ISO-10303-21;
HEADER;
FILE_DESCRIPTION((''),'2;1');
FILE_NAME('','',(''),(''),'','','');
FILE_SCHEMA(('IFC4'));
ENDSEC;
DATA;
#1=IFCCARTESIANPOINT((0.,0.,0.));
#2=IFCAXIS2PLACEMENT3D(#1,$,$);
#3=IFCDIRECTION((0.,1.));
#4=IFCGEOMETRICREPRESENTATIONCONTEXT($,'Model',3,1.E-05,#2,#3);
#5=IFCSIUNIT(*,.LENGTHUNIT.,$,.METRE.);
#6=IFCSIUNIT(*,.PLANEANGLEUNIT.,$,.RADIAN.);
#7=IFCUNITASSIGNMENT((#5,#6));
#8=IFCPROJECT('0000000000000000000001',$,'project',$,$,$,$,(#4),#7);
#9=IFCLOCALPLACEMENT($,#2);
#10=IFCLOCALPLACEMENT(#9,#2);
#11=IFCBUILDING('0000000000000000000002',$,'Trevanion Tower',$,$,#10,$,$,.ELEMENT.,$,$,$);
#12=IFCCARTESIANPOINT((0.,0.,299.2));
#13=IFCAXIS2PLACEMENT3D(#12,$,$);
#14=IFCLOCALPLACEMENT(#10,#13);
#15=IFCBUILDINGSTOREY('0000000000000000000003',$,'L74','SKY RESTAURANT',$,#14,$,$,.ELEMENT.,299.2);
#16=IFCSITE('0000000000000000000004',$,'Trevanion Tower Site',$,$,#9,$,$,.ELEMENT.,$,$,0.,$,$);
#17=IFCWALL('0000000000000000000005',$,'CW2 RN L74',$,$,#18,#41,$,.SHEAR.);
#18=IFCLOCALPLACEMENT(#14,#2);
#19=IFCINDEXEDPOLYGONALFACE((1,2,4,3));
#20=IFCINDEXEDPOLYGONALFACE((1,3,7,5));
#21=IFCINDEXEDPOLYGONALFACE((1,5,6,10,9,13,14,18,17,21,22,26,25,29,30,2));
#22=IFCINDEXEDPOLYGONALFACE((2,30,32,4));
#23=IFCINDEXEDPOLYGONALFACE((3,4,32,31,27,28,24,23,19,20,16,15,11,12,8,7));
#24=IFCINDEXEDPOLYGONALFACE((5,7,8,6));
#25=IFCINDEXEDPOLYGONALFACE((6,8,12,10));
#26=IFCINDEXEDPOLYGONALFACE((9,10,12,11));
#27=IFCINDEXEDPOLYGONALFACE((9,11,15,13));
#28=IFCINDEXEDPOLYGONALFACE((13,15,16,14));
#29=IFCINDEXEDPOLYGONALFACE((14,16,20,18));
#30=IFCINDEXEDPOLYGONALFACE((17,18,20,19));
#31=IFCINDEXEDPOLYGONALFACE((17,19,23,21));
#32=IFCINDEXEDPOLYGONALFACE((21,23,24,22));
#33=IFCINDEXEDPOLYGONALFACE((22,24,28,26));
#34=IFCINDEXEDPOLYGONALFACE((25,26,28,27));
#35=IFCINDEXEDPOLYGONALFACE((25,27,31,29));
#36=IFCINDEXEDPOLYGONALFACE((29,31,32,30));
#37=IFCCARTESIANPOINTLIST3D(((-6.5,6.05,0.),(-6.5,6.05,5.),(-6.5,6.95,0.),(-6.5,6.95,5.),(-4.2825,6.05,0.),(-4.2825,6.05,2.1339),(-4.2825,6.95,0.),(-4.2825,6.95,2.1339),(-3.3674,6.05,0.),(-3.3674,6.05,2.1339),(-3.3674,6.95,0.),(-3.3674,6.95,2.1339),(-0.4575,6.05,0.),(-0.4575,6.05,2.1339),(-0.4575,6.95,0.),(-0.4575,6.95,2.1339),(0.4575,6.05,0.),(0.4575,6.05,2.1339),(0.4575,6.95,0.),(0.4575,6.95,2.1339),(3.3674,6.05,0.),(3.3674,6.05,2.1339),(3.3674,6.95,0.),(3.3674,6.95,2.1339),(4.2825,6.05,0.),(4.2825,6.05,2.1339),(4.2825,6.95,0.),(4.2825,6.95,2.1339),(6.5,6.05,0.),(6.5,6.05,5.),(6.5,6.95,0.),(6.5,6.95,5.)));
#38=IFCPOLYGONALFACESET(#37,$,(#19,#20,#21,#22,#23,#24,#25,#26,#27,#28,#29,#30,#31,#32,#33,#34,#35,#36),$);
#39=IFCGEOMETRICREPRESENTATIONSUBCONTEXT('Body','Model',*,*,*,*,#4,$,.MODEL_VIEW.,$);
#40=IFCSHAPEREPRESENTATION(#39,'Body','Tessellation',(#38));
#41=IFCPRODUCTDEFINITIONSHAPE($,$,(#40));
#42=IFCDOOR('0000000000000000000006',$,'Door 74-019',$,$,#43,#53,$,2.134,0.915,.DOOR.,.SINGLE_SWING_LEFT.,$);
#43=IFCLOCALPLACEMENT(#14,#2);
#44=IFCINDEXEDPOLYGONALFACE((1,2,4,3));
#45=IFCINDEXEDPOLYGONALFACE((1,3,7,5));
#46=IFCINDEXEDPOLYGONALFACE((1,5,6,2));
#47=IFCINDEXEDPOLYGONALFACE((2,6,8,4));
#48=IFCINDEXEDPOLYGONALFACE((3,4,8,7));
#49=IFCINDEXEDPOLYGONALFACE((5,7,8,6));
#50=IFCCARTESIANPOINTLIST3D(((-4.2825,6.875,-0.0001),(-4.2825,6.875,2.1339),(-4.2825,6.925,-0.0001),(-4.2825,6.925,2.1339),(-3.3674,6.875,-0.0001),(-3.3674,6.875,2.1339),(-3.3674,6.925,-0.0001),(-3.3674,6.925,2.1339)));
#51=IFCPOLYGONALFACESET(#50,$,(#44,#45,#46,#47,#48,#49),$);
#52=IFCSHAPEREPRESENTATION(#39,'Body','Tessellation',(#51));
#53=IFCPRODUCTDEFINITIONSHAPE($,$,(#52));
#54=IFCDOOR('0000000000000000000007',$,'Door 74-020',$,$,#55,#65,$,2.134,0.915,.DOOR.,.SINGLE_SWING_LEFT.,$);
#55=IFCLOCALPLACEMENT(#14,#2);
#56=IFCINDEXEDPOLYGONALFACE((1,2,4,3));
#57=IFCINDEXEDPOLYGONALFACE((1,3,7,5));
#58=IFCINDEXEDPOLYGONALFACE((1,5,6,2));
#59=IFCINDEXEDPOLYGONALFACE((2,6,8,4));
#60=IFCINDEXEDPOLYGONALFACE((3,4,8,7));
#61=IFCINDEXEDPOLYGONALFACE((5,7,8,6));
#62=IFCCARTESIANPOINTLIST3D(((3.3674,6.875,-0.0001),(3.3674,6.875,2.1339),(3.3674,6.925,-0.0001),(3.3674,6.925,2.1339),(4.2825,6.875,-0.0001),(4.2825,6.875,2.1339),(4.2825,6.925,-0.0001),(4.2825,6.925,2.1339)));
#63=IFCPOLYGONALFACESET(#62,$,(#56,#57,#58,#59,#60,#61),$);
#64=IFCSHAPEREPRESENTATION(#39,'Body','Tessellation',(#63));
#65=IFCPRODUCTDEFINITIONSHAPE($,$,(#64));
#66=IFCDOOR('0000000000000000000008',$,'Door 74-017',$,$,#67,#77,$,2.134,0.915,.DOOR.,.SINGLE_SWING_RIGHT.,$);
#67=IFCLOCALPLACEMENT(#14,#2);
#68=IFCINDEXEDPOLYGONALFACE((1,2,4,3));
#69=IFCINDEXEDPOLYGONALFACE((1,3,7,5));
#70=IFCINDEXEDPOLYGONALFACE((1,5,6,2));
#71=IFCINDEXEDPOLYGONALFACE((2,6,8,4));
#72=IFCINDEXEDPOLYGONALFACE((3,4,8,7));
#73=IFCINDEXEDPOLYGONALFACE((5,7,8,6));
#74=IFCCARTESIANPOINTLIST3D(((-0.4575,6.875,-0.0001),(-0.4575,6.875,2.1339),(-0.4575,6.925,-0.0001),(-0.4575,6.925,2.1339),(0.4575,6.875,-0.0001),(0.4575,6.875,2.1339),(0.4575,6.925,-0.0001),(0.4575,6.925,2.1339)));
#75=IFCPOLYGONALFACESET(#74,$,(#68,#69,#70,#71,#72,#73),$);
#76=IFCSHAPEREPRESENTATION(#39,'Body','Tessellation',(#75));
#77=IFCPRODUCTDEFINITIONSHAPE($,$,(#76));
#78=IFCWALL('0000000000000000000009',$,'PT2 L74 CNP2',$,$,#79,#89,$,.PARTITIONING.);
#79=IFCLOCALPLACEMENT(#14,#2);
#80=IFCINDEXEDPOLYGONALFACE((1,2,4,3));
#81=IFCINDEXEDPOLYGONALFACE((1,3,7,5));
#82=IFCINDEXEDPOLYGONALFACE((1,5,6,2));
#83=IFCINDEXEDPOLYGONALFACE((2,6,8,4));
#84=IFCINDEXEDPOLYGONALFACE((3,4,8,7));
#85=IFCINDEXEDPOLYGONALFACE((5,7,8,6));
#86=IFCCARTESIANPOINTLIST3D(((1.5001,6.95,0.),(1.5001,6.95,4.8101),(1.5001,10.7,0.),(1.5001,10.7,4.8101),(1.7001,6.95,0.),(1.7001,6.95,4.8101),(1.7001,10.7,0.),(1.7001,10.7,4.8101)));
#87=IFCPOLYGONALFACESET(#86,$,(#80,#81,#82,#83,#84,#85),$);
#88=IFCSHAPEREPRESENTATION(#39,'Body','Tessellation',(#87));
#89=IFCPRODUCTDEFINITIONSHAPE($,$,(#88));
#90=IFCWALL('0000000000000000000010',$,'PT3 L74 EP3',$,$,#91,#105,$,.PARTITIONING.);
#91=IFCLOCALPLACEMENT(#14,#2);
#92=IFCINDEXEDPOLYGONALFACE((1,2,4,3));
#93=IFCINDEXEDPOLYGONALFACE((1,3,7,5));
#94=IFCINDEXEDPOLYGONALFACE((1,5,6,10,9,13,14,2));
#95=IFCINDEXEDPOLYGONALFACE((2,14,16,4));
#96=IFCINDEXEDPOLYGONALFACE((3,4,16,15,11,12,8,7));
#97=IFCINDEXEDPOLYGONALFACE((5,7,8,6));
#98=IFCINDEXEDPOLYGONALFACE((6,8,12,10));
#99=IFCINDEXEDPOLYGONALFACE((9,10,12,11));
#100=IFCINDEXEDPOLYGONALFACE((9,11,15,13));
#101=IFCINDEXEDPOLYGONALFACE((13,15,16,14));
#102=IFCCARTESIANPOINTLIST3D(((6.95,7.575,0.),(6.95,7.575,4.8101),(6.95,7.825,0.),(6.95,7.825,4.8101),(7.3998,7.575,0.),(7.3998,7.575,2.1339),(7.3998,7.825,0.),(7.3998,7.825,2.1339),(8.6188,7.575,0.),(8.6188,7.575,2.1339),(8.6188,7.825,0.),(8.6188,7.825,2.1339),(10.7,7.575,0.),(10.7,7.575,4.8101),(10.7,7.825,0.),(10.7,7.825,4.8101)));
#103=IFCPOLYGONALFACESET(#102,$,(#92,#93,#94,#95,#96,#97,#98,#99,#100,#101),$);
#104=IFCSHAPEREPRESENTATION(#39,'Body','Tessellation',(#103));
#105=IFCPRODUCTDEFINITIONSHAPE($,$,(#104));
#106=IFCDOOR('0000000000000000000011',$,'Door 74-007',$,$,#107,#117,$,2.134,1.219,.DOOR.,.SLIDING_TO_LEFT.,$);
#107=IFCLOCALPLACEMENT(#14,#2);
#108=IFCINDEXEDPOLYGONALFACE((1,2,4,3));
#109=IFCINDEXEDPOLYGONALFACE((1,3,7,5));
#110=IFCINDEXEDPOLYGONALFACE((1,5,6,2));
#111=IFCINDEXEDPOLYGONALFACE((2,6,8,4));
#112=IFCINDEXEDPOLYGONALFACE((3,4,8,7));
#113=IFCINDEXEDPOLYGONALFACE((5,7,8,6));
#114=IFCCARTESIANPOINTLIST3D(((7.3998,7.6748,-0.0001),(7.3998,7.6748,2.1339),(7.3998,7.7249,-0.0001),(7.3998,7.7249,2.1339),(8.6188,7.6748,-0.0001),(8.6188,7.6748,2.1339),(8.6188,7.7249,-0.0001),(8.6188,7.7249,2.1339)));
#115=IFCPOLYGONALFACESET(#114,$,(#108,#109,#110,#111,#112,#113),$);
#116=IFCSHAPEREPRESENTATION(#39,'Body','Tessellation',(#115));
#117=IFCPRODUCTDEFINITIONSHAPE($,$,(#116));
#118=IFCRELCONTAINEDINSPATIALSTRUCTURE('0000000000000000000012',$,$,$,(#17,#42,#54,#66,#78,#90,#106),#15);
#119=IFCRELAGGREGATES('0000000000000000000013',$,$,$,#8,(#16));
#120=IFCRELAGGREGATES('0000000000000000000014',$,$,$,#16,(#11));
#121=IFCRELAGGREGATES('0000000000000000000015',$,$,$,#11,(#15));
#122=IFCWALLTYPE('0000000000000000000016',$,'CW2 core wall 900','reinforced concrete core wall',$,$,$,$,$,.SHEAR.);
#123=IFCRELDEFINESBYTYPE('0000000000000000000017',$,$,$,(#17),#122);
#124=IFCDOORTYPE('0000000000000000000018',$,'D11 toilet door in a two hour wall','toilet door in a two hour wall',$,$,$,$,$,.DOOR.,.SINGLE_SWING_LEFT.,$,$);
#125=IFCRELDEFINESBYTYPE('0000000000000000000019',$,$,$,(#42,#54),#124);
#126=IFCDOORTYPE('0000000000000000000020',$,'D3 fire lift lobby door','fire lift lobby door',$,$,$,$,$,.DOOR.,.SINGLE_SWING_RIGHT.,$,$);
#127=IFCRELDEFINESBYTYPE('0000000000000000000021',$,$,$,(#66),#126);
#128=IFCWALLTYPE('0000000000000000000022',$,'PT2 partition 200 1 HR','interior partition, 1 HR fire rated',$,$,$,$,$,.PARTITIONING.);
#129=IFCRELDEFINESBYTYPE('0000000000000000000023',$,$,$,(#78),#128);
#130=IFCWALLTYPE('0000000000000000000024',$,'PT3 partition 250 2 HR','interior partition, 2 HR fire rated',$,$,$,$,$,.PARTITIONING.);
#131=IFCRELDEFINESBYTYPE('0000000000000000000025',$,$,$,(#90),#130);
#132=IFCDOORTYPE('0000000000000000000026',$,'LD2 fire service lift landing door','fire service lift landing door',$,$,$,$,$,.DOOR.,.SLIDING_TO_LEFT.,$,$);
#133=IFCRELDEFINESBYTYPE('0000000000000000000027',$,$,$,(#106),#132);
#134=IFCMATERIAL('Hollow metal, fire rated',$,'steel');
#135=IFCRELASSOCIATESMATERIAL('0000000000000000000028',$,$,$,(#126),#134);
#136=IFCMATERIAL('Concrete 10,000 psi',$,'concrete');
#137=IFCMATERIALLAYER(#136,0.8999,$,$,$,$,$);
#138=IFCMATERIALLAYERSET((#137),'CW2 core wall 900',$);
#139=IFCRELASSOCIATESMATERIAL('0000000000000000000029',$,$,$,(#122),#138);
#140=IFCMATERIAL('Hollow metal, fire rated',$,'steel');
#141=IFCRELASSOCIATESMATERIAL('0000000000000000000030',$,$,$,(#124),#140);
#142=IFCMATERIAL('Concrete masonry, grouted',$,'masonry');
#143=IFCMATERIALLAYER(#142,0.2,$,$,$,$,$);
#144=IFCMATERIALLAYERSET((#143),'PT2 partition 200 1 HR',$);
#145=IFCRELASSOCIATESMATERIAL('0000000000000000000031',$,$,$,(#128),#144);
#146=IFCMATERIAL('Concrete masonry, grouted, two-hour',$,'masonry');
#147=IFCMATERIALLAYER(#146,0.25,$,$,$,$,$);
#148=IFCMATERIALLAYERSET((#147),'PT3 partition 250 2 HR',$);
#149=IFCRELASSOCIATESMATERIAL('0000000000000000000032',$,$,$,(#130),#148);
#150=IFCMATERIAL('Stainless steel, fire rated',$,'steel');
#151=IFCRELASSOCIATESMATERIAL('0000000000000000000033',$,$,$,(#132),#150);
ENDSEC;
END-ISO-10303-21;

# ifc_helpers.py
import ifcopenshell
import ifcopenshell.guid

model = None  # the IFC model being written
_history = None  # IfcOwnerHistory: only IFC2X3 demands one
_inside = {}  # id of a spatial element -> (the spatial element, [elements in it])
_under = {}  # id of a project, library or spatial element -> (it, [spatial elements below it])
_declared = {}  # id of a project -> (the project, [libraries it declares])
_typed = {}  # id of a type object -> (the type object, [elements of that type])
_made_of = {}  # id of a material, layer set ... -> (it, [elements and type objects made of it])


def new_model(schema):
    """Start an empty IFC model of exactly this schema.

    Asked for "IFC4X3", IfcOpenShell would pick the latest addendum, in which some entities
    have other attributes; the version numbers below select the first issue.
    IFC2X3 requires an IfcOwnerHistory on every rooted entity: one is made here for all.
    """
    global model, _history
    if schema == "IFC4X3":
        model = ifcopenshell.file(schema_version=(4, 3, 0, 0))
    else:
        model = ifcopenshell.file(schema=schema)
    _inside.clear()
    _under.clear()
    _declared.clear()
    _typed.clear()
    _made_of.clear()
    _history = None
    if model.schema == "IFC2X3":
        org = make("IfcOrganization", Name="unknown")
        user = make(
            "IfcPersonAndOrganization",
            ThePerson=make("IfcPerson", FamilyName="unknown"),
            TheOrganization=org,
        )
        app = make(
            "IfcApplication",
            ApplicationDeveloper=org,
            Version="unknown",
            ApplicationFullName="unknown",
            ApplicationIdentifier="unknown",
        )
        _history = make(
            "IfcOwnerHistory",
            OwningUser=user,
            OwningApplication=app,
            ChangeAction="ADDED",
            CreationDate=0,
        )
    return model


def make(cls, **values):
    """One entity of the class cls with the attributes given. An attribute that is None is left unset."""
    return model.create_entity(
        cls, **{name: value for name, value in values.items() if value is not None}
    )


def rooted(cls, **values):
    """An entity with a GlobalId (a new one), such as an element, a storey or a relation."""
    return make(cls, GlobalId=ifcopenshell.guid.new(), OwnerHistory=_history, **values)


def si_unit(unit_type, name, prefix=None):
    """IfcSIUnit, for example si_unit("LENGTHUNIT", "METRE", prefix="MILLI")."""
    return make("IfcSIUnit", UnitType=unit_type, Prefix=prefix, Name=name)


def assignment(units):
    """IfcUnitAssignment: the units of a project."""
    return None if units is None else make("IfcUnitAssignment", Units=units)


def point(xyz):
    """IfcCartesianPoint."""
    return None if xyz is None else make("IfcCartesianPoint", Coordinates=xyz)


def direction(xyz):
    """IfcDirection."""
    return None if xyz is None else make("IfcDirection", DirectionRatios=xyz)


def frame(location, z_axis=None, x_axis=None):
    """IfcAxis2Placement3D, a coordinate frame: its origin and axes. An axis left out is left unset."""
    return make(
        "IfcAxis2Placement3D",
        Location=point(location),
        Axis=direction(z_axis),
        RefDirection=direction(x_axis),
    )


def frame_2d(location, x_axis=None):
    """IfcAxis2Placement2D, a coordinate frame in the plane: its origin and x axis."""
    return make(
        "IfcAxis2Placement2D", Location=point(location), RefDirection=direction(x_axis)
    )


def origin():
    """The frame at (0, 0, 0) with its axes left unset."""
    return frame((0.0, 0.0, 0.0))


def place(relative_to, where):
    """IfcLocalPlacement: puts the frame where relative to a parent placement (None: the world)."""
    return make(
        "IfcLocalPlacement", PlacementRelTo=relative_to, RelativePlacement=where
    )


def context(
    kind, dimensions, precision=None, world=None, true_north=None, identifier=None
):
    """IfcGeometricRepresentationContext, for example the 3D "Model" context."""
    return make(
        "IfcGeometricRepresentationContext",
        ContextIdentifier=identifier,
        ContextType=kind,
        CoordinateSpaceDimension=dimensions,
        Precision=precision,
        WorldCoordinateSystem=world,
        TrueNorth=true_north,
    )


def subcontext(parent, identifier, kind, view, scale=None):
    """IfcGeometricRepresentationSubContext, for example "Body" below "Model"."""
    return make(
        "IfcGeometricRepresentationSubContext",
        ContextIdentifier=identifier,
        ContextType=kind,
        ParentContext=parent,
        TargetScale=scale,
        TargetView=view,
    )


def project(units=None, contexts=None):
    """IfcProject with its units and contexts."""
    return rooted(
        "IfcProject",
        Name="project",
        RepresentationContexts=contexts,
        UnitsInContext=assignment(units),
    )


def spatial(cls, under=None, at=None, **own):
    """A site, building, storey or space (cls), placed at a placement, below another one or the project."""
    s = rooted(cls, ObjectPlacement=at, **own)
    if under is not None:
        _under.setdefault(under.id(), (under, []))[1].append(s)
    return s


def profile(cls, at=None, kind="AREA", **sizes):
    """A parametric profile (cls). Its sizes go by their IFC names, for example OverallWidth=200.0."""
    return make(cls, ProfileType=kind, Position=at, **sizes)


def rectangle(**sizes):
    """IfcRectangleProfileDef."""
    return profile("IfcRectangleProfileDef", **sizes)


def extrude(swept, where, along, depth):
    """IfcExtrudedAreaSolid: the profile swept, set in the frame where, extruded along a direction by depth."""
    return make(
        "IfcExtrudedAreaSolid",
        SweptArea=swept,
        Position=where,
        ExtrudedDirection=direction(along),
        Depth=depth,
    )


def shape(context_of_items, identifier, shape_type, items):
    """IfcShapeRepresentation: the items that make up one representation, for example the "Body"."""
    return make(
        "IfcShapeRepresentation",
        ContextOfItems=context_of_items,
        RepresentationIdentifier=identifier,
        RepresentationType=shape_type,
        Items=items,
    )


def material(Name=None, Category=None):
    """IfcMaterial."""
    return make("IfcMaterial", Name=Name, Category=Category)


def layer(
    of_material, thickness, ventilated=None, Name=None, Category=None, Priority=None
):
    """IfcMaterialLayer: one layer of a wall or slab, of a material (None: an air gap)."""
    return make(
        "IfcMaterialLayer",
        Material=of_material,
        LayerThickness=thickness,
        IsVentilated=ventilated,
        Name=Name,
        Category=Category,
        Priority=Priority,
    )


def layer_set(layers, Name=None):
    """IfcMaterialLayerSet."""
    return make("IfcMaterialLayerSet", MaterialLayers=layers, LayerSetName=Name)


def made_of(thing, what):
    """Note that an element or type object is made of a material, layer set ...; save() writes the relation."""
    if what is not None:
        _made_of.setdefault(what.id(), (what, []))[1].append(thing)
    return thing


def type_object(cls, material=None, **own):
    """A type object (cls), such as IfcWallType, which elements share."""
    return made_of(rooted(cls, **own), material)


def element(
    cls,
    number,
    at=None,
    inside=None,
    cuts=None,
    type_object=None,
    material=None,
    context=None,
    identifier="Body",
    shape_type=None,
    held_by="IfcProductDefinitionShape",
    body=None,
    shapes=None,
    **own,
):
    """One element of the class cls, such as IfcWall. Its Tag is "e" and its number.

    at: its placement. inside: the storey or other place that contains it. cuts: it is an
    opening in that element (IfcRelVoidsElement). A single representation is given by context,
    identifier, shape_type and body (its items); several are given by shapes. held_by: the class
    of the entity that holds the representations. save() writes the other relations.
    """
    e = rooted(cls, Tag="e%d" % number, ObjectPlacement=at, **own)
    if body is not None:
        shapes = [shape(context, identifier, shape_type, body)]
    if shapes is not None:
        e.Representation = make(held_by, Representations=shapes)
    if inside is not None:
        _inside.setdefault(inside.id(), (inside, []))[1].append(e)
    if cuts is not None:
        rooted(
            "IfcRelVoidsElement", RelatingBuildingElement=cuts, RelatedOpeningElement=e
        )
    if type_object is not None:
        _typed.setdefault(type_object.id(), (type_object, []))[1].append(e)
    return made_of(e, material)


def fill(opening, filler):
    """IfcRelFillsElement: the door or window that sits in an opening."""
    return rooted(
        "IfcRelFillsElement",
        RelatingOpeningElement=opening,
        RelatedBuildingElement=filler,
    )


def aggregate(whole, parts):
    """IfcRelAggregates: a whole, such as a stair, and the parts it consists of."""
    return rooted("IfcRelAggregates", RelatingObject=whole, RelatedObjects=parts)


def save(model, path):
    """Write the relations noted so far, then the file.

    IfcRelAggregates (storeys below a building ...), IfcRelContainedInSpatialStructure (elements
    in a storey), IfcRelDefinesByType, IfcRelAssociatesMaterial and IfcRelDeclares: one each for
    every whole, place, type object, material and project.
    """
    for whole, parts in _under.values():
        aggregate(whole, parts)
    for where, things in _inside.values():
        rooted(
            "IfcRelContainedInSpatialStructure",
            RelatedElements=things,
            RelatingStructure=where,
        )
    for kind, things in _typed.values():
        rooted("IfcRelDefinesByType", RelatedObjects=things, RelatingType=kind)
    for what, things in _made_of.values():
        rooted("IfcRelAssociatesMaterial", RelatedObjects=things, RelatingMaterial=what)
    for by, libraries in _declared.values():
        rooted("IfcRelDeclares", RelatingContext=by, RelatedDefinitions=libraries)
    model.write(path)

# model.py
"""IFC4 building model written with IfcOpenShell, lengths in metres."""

from ifc_helpers import new_model, si_unit, direction, frame, frame_2d, origin, place, context, subcontext, project, spatial, rectangle, extrude, material, layer, layer_set, type_object, element, fill, save


model = new_model("IFC4")

# Units and contexts
model_context = context("Model", 3, precision=1e-05, world=origin(), true_north=direction((0.0, 1.0)))
body_context = subcontext(model_context, "Body", "Model", "MODEL_VIEW")
ifc_project = project(units=[si_unit("LENGTHUNIT", "METRE"), si_unit("PLANEANGLEUNIT", "RADIAN")], contexts=[model_context])

# Site, building, storey
site_placement = place(None, origin())
site = spatial("IfcSite", under=ifc_project, at=site_placement, Name="Trevanion Tower Site", CompositionType="ELEMENT", RefElevation=0.0)
building_placement = place(site_placement, origin())
building = spatial("IfcBuilding", under=site, at=building_placement, Name="Trevanion Tower", CompositionType="ELEMENT")
storey_placement = place(building_placement, frame((0.0, 0.0, 299.2)))
storey = spatial("IfcBuildingStorey", under=building, at=storey_placement, Name="L74", Description="SKY RESTAURANT", CompositionType="ELEMENT", Elevation=299.2)

# Shared definitions
ifc_material_1 = material(Name="Hollow metal, fire rated", Category="steel")
door_type_1 = type_object("IfcDoorType", Name="D3 fire lift lobby door", Description="fire lift lobby door", OperationType="SINGLE_SWING_RIGHT", PredefinedType="DOOR", material=ifc_material_1)

# Wall, openings, doors
ifc_material_2 = material(Name="Concrete 10,000 psi", Category="concrete")
ifc_layer_1 = layer(ifc_material_2, 0.8999)
ifc_layer_set_1 = layer_set([ifc_layer_1], Name="CW2 core wall 900")
wall_type_1 = type_object("IfcWallType", Name="CW2 core wall 900", Description="reinforced concrete core wall", PredefinedType="SHEAR", material=ifc_layer_set_1)
wall_1_placement = place(storey_placement, frame((6.5, 6.5, 0.0), z_axis=(0.0, 0.0, 1.0), x_axis=(-1.0, 0.0, 0.0)))
wall_1 = element("IfcWall", 1, at=wall_1_placement, inside=storey, type_object=wall_type_1, Name="CW2 RN L74", PredefinedType="SHEAR", context=body_context, shape_type="SweptSolid", body=[
    extrude(rectangle(XDim=13.0, YDim=0.8999, at=frame_2d((6.5, 0.0))), origin(), (0.0, 0.0, 1.0), 5.0),
])
opening_1_placement = place(wall_1_placement, frame((6.0425, 0.0, 0.0)))
opening_1 = element("IfcOpeningElement", 2, at=opening_1_placement, cuts=wall_1, PredefinedType="OPENING", context=body_context, shape_type="SweptSolid", body=[
    extrude(rectangle(XDim=0.915, YDim=2.134, at=frame_2d((0.4575, 1.0669))), frame((0.0, 0.46, 0.0), z_axis=(0.0, -1.0, 0.0), x_axis=(1.0, 0.0, 0.0)), (0.0, 0.0, 1.0), 0.9199),
])
opening_2_placement = place(wall_1_placement, frame((9.8674, 0.0, 0.0)))
opening_2 = element("IfcOpeningElement", 3, at=opening_2_placement, cuts=wall_1, PredefinedType="OPENING", context=body_context, shape_type="SweptSolid", body=[
    extrude(rectangle(XDim=0.915, YDim=2.134, at=frame_2d((0.4575, 1.0669))), frame((0.0, 0.46, 0.0), z_axis=(0.0, -1.0, 0.0), x_axis=(1.0, 0.0, 0.0)), (0.0, 0.0, 1.0), 0.9199),
])
opening_3_placement = place(wall_1_placement, frame((2.2175, 0.0, 0.0)))
opening_3 = element("IfcOpeningElement", 4, at=opening_3_placement, cuts=wall_1, PredefinedType="OPENING", context=body_context, shape_type="SweptSolid", body=[
    extrude(rectangle(XDim=0.915, YDim=2.134, at=frame_2d((0.4575, 1.0669))), frame((0.0, 0.46, 0.0), z_axis=(0.0, -1.0, 0.0), x_axis=(1.0, 0.0, 0.0)), (0.0, 0.0, 1.0), 0.9199),
])
ifc_material_3 = material(Name="Hollow metal, fire rated", Category="steel")
door_type_2 = type_object("IfcDoorType", Name="D11 toilet door in a two hour wall", Description="toilet door in a two hour wall", OperationType="SINGLE_SWING_LEFT", PredefinedType="DOOR", material=ifc_material_3)
door_1_placement = place(opening_2_placement, origin())
door_1 = element("IfcDoor", 5, at=door_1_placement, inside=storey, type_object=door_type_2, Name="Door 74-019", OperationType="SINGLE_SWING_LEFT", OverallHeight=2.134, OverallWidth=0.915, PredefinedType="DOOR", context=body_context, shape_type="SweptSolid", body=[
    extrude(rectangle(XDim=0.915, YDim=2.134, at=frame_2d((0.4575, 1.0669))), frame((0.0, -0.375, 0.0), z_axis=(0.0, -1.0, 0.0), x_axis=(1.0, 0.0, 0.0)), (0.0, 0.0, 1.0), 0.05),
])
fill(opening_2, door_1)
door_2_placement = place(opening_3_placement, origin())
door_2 = element("IfcDoor", 6, at=door_2_placement, inside=storey, type_object=door_type_2, Name="Door 74-020", OperationType="SINGLE_SWING_LEFT", OverallHeight=2.134, OverallWidth=0.915, PredefinedType="DOOR", context=body_context, shape_type="SweptSolid", body=[
    extrude(rectangle(XDim=0.915, YDim=2.134, at=frame_2d((0.4575, 1.0669))), frame((0.0, -0.375, 0.0), z_axis=(0.0, -1.0, 0.0), x_axis=(1.0, 0.0, 0.0)), (0.0, 0.0, 1.0), 0.05),
])
fill(opening_3, door_2)
door_3_placement = place(opening_1_placement, origin())
door_3 = element("IfcDoor", 7, at=door_3_placement, inside=storey, type_object=door_type_1, Name="Door 74-017", OperationType="SINGLE_SWING_RIGHT", OverallHeight=2.134, OverallWidth=0.915, PredefinedType="DOOR", context=body_context, shape_type="SweptSolid", body=[
    extrude(rectangle(XDim=0.915, YDim=2.134, at=frame_2d((0.4575, 1.0669))), frame((0.0, -0.375, 0.0), z_axis=(0.0, -1.0, 0.0), x_axis=(1.0, 0.0, 0.0)), (0.0, 0.0, 1.0), 0.05),
])
fill(opening_1, door_3)

# Wall
ifc_material_4 = material(Name="Concrete masonry, grouted", Category="masonry")
ifc_layer_2 = layer(ifc_material_4, 0.2)
ifc_layer_set_2 = layer_set([ifc_layer_2], Name="PT2 partition 200 1 HR")
wall_type_2 = type_object("IfcWallType", Name="PT2 partition 200 1 HR", Description="interior partition, 1 HR fire rated", PredefinedType="PARTITIONING", material=ifc_layer_set_2)
wall_2_placement = place(storey_placement, frame((1.6001, 6.95, 0.0), z_axis=(0.0, 0.0, 1.0), x_axis=(0.0, 1.0, 0.0)))
element("IfcWall", 8, at=wall_2_placement, inside=storey, type_object=wall_type_2, Name="PT2 L74 CNP2", PredefinedType="PARTITIONING", context=body_context, shape_type="SweptSolid", body=[
    extrude(rectangle(XDim=3.75, YDim=0.2, at=frame_2d((1.875, 0.0))), origin(), (0.0, 0.0, 1.0), 4.8101),
])

# Wall, opening, door
ifc_material_5 = material(Name="Concrete masonry, grouted, two-hour", Category="masonry")
ifc_layer_3 = layer(ifc_material_5, 0.25)
ifc_layer_set_3 = layer_set([ifc_layer_3], Name="PT3 partition 250 2 HR")
wall_type_3 = type_object("IfcWallType", Name="PT3 partition 250 2 HR", Description="interior partition, 2 HR fire rated", PredefinedType="PARTITIONING", material=ifc_layer_set_3)
wall_3_placement = place(storey_placement, frame((6.95, 7.7, 0.0), z_axis=(0.0, 0.0, 1.0), x_axis=(1.0, 0.0, 0.0)))
wall_3 = element("IfcWall", 9, at=wall_3_placement, inside=storey, type_object=wall_type_3, Name="PT3 L74 EP3", PredefinedType="PARTITIONING", context=body_context, shape_type="SweptSolid", body=[
    extrude(rectangle(XDim=3.75, YDim=0.25, at=frame_2d((1.875, 0.0))), origin(), (0.0, 0.0, 1.0), 4.8101),
])
opening_4_placement = place(wall_3_placement, frame((0.45, 0.0, 0.0)))
opening_4 = element("IfcOpeningElement", 10, at=opening_4_placement, cuts=wall_3, PredefinedType="OPENING", context=body_context, shape_type="SweptSolid", body=[
    extrude(rectangle(XDim=1.219, YDim=2.134, at=frame_2d((0.6094, 1.0669))), frame((0.0, 0.135, 0.0), z_axis=(0.0, -1.0, 0.0), x_axis=(1.0, 0.0, 0.0)), (0.0, 0.0, 1.0), 0.27),
])
ifc_material_6 = material(Name="Stainless steel, fire rated", Category="steel")
door_type_3 = type_object("IfcDoorType", Name="LD2 fire service lift landing door", Description="fire service lift landing door", OperationType="SLIDING_TO_LEFT", PredefinedType="DOOR", material=ifc_material_6)
door_4_placement = place(opening_4_placement, origin())
door_4 = element("IfcDoor", 11, at=door_4_placement, inside=storey, type_object=door_type_3, Name="Door 74-007", OperationType="SLIDING_TO_LEFT", OverallHeight=2.134, OverallWidth=1.219, PredefinedType="DOOR", context=body_context, shape_type="SweptSolid", body=[
    extrude(rectangle(XDim=1.219, YDim=2.134, at=frame_2d((0.6094, 1.0669))), frame((0.0, 0.0249, 0.0), z_axis=(0.0, -1.0, 0.0), x_axis=(1.0, 0.0, 0.0)), (0.0, 0.0, 1.0), 0.05),
])
fill(opening_4, door_4)

save(model, "model.ifc")
